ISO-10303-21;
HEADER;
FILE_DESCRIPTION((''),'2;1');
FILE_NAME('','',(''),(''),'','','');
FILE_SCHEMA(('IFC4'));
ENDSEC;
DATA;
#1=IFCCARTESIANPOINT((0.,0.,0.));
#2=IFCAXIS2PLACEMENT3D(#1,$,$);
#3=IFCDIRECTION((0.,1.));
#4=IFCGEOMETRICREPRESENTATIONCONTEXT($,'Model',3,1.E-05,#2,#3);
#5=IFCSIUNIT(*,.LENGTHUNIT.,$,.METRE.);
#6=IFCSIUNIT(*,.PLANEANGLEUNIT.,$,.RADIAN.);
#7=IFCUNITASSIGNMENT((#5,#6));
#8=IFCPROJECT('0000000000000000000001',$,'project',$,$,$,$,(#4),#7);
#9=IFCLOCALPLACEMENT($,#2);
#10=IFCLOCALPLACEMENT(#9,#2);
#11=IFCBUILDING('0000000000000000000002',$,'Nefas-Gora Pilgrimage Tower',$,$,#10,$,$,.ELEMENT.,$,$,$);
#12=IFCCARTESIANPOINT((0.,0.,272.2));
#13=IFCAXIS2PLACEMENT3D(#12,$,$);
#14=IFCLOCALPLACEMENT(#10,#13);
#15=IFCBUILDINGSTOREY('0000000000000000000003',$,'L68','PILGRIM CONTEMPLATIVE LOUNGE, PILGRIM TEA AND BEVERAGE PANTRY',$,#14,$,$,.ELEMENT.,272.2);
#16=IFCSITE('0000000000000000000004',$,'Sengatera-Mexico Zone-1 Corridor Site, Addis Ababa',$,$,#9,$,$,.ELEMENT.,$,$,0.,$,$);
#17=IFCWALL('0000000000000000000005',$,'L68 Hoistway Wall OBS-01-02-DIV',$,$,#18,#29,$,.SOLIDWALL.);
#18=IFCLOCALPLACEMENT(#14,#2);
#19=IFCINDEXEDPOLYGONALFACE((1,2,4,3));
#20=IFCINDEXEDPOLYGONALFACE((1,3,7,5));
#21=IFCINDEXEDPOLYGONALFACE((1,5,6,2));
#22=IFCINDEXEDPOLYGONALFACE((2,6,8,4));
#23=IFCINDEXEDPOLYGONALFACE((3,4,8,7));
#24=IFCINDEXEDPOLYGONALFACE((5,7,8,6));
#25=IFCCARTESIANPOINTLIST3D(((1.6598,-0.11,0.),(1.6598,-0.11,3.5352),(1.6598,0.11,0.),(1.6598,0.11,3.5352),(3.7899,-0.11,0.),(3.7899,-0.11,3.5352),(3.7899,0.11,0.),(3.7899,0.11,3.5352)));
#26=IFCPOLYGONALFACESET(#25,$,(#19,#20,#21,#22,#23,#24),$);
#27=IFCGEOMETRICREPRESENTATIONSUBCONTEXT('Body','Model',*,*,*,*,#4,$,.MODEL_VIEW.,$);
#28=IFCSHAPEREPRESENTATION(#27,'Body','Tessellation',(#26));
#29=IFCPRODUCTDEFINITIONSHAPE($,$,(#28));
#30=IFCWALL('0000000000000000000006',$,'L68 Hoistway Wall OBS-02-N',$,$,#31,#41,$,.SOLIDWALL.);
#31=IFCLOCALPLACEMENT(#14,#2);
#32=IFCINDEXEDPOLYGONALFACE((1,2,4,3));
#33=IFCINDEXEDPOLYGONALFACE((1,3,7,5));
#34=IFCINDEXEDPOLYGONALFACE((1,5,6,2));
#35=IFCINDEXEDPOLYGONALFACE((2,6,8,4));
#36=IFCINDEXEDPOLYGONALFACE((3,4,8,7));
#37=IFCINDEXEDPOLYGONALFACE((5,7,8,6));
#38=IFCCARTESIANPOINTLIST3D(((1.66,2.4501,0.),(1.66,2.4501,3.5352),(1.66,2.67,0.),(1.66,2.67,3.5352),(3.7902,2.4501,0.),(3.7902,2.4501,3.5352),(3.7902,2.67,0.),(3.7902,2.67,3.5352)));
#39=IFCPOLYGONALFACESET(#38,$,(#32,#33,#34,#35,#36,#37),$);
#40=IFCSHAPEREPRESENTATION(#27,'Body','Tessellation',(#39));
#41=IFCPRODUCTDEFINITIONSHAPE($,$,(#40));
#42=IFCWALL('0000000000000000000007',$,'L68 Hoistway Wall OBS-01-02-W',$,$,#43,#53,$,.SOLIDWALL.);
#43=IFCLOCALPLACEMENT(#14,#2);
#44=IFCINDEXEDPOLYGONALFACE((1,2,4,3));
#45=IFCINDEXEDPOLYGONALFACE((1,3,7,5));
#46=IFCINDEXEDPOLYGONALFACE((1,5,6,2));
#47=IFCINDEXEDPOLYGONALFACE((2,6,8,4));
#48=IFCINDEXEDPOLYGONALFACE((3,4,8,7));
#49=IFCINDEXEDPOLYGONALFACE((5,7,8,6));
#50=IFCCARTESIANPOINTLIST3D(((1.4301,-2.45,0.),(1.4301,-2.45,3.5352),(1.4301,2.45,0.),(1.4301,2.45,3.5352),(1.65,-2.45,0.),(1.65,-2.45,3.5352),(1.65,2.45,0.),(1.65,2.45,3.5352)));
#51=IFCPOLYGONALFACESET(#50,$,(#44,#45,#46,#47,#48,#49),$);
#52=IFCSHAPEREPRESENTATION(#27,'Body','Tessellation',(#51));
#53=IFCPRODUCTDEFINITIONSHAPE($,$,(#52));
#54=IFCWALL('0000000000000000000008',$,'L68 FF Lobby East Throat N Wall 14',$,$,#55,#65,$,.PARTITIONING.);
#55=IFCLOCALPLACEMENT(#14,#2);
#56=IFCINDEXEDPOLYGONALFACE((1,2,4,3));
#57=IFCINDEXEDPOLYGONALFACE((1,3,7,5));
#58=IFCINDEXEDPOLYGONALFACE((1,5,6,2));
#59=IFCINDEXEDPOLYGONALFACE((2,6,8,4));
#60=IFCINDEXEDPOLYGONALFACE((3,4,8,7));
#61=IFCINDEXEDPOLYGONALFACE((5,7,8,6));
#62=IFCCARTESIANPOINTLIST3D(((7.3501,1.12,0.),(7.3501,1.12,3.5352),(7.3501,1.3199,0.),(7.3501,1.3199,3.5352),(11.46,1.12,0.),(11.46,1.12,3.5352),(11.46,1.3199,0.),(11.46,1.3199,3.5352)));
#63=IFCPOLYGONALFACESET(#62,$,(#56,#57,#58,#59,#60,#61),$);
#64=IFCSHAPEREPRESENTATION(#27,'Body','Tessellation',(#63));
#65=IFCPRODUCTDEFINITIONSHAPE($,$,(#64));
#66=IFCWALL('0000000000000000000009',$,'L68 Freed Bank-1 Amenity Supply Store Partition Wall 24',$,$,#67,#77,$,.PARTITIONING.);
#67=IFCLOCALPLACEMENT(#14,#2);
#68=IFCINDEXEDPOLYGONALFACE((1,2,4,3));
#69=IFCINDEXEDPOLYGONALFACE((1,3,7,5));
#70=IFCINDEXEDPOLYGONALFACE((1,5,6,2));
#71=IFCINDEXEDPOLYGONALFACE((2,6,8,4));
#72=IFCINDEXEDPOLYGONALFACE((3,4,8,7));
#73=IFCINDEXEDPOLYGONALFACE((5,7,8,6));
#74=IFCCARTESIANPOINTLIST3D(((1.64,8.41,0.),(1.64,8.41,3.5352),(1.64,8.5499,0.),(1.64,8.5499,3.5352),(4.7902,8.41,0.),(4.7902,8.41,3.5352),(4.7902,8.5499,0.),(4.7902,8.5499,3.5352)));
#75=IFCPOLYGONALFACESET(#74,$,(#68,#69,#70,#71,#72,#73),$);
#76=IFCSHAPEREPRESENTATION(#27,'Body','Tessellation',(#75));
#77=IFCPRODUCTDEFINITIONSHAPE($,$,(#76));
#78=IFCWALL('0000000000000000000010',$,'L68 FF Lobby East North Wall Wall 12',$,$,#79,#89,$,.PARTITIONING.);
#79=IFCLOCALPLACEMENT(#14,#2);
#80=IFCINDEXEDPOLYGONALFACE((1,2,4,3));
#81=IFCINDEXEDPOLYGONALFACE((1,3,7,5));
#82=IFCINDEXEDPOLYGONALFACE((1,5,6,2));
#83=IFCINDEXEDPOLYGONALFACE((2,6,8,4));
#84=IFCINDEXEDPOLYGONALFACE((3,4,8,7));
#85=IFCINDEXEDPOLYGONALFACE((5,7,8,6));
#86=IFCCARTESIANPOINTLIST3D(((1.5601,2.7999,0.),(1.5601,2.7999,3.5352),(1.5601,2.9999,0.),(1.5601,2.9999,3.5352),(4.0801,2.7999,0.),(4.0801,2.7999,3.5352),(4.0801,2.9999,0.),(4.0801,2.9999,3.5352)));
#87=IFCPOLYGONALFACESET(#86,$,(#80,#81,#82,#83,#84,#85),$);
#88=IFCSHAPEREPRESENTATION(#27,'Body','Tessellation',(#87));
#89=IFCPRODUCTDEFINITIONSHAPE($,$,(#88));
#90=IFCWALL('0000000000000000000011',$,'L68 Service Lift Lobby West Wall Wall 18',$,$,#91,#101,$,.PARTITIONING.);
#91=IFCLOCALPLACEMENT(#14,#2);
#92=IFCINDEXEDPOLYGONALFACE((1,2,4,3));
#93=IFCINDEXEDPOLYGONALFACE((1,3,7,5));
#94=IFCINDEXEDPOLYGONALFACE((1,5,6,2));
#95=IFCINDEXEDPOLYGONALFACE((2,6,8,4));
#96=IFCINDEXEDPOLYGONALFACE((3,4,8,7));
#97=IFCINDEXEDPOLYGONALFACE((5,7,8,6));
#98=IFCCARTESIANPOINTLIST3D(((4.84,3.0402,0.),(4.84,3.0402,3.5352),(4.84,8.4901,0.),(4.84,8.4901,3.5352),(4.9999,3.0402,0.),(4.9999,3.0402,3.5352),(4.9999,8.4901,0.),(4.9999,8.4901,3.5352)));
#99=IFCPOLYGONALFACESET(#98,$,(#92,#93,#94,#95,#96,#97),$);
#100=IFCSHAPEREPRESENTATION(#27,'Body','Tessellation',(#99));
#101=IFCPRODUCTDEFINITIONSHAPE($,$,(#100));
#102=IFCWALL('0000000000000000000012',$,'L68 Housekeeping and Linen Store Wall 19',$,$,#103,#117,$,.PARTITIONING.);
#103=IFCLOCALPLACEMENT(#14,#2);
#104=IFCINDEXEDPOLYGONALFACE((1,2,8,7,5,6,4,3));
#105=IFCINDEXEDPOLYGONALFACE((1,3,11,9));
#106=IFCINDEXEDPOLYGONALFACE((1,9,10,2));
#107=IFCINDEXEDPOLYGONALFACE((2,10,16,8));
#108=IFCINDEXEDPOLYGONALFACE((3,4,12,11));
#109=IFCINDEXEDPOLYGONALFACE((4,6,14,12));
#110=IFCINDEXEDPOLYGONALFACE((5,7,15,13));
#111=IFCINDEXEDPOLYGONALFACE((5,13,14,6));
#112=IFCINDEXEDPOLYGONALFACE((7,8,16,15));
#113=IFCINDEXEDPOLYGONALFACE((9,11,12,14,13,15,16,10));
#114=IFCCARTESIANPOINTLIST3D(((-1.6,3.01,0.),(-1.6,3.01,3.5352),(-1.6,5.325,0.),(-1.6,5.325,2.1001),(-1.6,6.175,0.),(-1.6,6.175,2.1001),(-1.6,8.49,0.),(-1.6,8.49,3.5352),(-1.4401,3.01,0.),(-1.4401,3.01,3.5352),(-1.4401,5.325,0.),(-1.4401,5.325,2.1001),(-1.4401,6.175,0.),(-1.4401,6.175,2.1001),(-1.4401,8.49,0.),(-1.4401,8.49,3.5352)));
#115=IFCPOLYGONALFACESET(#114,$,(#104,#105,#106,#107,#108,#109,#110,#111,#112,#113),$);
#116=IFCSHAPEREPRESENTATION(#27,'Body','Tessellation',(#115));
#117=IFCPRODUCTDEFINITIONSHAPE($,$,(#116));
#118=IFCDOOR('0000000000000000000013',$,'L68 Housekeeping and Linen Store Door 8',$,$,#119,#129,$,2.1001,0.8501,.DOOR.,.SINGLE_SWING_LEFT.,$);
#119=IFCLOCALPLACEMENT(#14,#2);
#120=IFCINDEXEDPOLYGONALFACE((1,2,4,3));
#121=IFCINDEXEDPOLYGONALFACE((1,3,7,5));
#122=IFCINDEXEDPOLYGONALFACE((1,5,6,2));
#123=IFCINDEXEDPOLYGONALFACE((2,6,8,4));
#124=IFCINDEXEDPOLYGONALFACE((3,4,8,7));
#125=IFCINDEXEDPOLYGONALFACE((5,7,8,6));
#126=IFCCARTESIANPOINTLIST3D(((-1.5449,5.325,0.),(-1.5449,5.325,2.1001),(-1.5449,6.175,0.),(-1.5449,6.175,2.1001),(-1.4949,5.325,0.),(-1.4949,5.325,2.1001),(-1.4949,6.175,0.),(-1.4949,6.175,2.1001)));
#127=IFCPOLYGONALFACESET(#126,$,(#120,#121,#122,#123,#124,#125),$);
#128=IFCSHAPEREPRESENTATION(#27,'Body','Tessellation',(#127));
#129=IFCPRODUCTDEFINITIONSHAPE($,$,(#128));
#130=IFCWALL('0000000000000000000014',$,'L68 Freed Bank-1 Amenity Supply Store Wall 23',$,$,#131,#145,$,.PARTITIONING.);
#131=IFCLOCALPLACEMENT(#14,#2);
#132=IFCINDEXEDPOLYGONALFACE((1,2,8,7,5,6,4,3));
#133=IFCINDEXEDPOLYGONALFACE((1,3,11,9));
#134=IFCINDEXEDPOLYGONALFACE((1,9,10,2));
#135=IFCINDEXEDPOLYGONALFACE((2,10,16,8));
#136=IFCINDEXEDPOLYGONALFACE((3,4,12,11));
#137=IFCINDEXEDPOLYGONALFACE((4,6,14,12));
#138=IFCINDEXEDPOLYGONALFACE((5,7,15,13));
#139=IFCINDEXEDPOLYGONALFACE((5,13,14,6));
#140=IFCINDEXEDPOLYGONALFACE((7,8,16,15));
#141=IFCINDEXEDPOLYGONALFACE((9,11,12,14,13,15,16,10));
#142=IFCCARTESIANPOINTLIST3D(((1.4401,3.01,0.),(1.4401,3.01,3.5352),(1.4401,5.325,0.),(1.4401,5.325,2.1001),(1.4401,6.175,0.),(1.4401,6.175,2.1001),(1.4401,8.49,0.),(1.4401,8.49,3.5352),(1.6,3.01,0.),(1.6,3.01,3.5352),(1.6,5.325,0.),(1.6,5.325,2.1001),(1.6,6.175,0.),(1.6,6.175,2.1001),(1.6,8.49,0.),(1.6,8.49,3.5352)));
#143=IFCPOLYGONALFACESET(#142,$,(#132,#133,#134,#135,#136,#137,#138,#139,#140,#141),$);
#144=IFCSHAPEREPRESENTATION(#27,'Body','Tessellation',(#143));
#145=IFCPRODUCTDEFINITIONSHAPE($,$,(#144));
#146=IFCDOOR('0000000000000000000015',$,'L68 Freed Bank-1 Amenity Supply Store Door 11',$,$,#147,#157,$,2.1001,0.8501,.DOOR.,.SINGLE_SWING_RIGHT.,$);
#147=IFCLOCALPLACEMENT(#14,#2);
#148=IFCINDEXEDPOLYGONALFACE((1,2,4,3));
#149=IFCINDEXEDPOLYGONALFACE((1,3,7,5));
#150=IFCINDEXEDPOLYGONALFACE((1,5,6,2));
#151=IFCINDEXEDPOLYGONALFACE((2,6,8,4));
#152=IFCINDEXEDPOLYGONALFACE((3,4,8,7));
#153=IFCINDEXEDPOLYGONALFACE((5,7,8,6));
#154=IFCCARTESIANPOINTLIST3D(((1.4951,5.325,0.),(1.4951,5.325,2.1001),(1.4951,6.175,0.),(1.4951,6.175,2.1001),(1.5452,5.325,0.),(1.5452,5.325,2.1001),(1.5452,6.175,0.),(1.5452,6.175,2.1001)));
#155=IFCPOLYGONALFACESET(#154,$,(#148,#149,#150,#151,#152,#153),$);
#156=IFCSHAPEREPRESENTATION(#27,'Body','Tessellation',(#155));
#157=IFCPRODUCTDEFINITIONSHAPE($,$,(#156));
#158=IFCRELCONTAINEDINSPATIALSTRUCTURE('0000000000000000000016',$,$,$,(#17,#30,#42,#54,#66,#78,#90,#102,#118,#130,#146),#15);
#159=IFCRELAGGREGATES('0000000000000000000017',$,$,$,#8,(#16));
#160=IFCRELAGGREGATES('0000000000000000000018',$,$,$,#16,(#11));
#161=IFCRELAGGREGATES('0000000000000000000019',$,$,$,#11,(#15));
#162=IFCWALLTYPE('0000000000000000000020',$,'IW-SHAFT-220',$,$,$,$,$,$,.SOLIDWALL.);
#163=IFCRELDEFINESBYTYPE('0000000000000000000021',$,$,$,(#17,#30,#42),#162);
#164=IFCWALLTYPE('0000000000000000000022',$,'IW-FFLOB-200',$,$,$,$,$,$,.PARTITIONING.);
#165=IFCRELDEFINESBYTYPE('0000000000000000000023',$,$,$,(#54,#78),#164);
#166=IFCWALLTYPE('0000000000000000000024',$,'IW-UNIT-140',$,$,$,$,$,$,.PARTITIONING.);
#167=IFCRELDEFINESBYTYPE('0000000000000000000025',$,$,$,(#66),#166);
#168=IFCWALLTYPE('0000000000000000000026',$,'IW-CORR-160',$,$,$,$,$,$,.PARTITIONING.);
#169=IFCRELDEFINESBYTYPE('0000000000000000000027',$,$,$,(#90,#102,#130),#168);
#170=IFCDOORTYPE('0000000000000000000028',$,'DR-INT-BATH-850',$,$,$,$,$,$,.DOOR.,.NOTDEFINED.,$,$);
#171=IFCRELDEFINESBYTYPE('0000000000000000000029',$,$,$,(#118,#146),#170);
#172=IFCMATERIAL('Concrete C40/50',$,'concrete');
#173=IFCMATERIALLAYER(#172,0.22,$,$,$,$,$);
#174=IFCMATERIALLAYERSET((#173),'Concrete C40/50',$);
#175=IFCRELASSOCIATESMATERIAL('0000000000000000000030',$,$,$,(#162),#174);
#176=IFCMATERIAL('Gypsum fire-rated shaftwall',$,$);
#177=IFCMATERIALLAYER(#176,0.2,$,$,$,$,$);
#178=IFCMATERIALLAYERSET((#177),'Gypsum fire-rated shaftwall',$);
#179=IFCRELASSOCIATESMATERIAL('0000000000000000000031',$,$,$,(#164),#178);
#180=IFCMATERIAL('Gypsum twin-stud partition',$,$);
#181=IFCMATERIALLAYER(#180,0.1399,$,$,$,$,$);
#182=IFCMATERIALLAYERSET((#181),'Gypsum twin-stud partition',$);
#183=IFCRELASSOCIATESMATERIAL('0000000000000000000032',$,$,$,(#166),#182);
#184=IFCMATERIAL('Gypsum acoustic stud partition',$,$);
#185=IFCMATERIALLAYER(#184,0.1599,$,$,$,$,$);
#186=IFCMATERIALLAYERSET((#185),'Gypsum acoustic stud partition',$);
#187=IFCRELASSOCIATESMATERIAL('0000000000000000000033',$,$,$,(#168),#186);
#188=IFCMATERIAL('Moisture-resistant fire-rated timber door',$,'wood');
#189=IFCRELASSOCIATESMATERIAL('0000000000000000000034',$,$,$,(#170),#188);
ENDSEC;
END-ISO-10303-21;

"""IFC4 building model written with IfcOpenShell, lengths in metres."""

from ifc_helpers import new_model, si_unit, direction, frame, frame_2d, origin, place, context, subcontext, project, spatial, rectangle, extrude, source, transform, mapped, material, layer, layer_set, type_object, element, fill, save


model = new_model("IFC4")

# Units and contexts
model_context = context("Model", 3, precision=1e-05, world=origin(), true_north=direction((0.0, 1.0)))
body_context = subcontext(model_context, "Body", "Model", "MODEL_VIEW")
ifc_project = project(units=[si_unit("LENGTHUNIT", "METRE"), si_unit("PLANEANGLEUNIT", "RADIAN")], contexts=[model_context])

# Site, building, storey
site_placement = place(None, origin())
site = spatial("IfcSite", under=ifc_project, at=site_placement, Name="Sengatera-Mexico Zone-1 Corridor Site, Addis Ababa", CompositionType="ELEMENT", RefElevation=0.0)
building_placement = place(site_placement, origin())
building = spatial("IfcBuilding", under=site, at=building_placement, Name="Nefas-Gora Pilgrimage Tower", CompositionType="ELEMENT")
storey_placement = place(building_placement, frame((0.0, 0.0, 272.2)))
storey = spatial("IfcBuildingStorey", under=building, at=storey_placement, Name="L68", Description="PILGRIM CONTEMPLATIVE LOUNGE, PILGRIM TEA AND BEVERAGE PANTRY", CompositionType="ELEMENT", Elevation=272.2)

# Shared definitions
ifc_material_1 = material(Name="Concrete C40/50", Category="concrete")

# Shared definitions
ifc_layer_1 = layer(ifc_material_1, 0.22)
ifc_layer_set_1 = layer_set([ifc_layer_1], Name="Concrete C40/50")
wall_type_1 = type_object("IfcWallType", Name="IW-SHAFT-220", PredefinedType="SOLIDWALL", material=ifc_layer_set_1)

# Walls
shared_shape_1 = source(origin(), body_context, "Body", "SweptSolid", [
    extrude(rectangle(XDim=2.1301, YDim=0.22, at=frame_2d((1.0649, 0.0))), origin(), (0.0, 0.0, 1.0), 3.5352),
])
for number, where, z_axis, x_axis, name in (
    (1, (1.6599, 0.0, 0.0), (0.0, 0.0, 1.0), (1.0, 0.0, 0.0), "L68 Hoistway Wall OBS-01-02-DIV"),
    (2, (3.79, 2.5601, 0.0), (0.0, 0.0, 1.0), (-1.0, 0.0, 0.0), "L68 Hoistway Wall OBS-02-N"),
):
    element("IfcWall", number, at=place(storey_placement, frame(where, z_axis=z_axis, x_axis=x_axis)), inside=storey, type_object=wall_type_1, Name=name, PredefinedType="SOLIDWALL", context=body_context, shape_type="MappedRepresentation", body=[
        mapped(shared_shape_1, transform((0.0, 0.0, 0.0), x_axis=(1.0, 0.0, 0.0), y_axis=(0.0, 1.0, 0.0), z_axis=(0.0, 0.0, 1.0), scale=1.0)),
    ])
shared_shape_2 = source(origin(), body_context, "Body", "SweptSolid", [
    extrude(rectangle(XDim=4.8999, YDim=0.22, at=frame_2d((2.45, 0.0))), origin(), (0.0, 0.0, 1.0), 3.5352),
])
wall_1_placement = place(storey_placement, frame((1.54, 2.45, 0.0), z_axis=(0.0, 0.0, 1.0), x_axis=(0.0, -1.0, 0.0)))
element("IfcWall", 3, at=wall_1_placement, inside=storey, type_object=wall_type_1, Name="L68 Hoistway Wall OBS-01-02-W", PredefinedType="SOLIDWALL", context=body_context, shape_type="MappedRepresentation", body=[
    mapped(shared_shape_2, transform((0.0, 0.0, 0.0), x_axis=(1.0, 0.0, 0.0), y_axis=(0.0, 1.0, 0.0), z_axis=(0.0, 0.0, 1.0), scale=1.0)),
])

# Shared definitions
ifc_material_2 = material(Name="Gypsum fire-rated shaftwall")
ifc_layer_2 = layer(ifc_material_2, 0.2)
ifc_layer_set_2 = layer_set([ifc_layer_2], Name="Gypsum fire-rated shaftwall")
wall_type_2 = type_object("IfcWallType", Name="IW-FFLOB-200", PredefinedType="PARTITIONING", material=ifc_layer_set_2)

# Walls
shared_shape_3 = source(origin(), body_context, "Body", "SweptSolid", [
    extrude(rectangle(XDim=4.1099, YDim=0.2, at=frame_2d((2.0549, 0.0))), origin(), (0.0, 0.0, 1.0), 3.5352),
])
wall_2_placement = place(storey_placement, frame((7.3501, 1.22, 0.0), z_axis=(0.0, 0.0, 1.0), x_axis=(1.0, 0.0, 0.0)))
element("IfcWall", 4, at=wall_2_placement, inside=storey, type_object=wall_type_2, Name="L68 FF Lobby East Throat N Wall 14", PredefinedType="PARTITIONING", context=body_context, shape_type="MappedRepresentation", body=[
    mapped(shared_shape_3, transform((0.0, 0.0, 0.0), x_axis=(1.0, 0.0, 0.0), y_axis=(0.0, 1.0, 0.0), z_axis=(0.0, 0.0, 1.0), scale=1.0)),
])
ifc_material_3 = material(Name="Gypsum twin-stud partition")
ifc_layer_3 = layer(ifc_material_3, 0.1399)
ifc_layer_set_3 = layer_set([ifc_layer_3], Name="Gypsum twin-stud partition")
wall_type_3 = type_object("IfcWallType", Name="IW-UNIT-140", PredefinedType="PARTITIONING", material=ifc_layer_set_3)
shared_shape_4 = source(origin(), body_context, "Body", "SweptSolid", [
    extrude(rectangle(XDim=3.1501, YDim=0.1399, at=frame_2d((1.5752, 0.0))), origin(), (0.0, 0.0, 1.0), 3.5352),
])
wall_3_placement = place(storey_placement, frame((1.6399, 8.48, 0.0), z_axis=(0.0, 0.0, 1.0), x_axis=(1.0, 0.0, 0.0)))
element("IfcWall", 5, at=wall_3_placement, inside=storey, type_object=wall_type_3, Name="L68 Freed Bank-1 Amenity Supply Store Partition Wall 24", PredefinedType="PARTITIONING", context=body_context, shape_type="MappedRepresentation", body=[
    mapped(shared_shape_4, transform((0.0, 0.0, 0.0), x_axis=(1.0, 0.0, 0.0), y_axis=(0.0, 1.0, 0.0), z_axis=(0.0, 0.0, 1.0), scale=1.0)),
])
shared_shape_5 = source(origin(), body_context, "Body", "SweptSolid", [
    extrude(rectangle(XDim=2.52, YDim=0.2, at=frame_2d((1.26, 0.0))), origin(), (0.0, 0.0, 1.0), 3.5352),
])
wall_4_placement = place(storey_placement, frame((1.5601, 2.8999, 0.0), z_axis=(0.0, 0.0, 1.0), x_axis=(1.0, 0.0, 0.0)))
element("IfcWall", 6, at=wall_4_placement, inside=storey, type_object=wall_type_2, Name="L68 FF Lobby East North Wall Wall 12", PredefinedType="PARTITIONING", context=body_context, shape_type="MappedRepresentation", body=[
    mapped(shared_shape_5, transform((0.0, 0.0, 0.0), x_axis=(1.0, 0.0, 0.0), y_axis=(0.0, 1.0, 0.0), z_axis=(0.0, 0.0, 1.0), scale=1.0)),
])
ifc_material_4 = material(Name="Gypsum acoustic stud partition")
ifc_layer_4 = layer(ifc_material_4, 0.1599)
ifc_layer_set_4 = layer_set([ifc_layer_4], Name="Gypsum acoustic stud partition")
wall_type_4 = type_object("IfcWallType", Name="IW-CORR-160", PredefinedType="PARTITIONING", material=ifc_layer_set_4)
shared_shape_6 = source(origin(), body_context, "Body", "SweptSolid", [
    extrude(rectangle(XDim=5.45, YDim=0.1599, at=frame_2d((2.7251, 0.0))), origin(), (0.0, 0.0, 1.0), 3.5352),
])
wall_5_placement = place(storey_placement, frame((4.9199, 3.04, 0.0), z_axis=(0.0, 0.0, 1.0), x_axis=(0.0, 1.0, 0.0)))
element("IfcWall", 7, at=wall_5_placement, inside=storey, type_object=wall_type_4, Name="L68 Service Lift Lobby West Wall Wall 18", PredefinedType="PARTITIONING", context=body_context, shape_type="MappedRepresentation", body=[
    mapped(shared_shape_6, transform((0.0, 0.0, 0.0), x_axis=(1.0, 0.0, 0.0), y_axis=(0.0, 1.0, 0.0), z_axis=(0.0, 0.0, 1.0), scale=1.0)),
])

# Walls, openings, doors
shared_shape_7 = source(origin(), body_context, "Body", "SweptSolid", [
    extrude(rectangle(XDim=5.48, YDim=0.1599, at=frame_2d((2.74, 0.0))), origin(), (0.0, 0.0, 1.0), 3.5352),
])
wall_6_placement = place(storey_placement, frame((-1.52, 3.01, 0.0), z_axis=(0.0, 0.0, 1.0), x_axis=(0.0, 1.0, 0.0)))
wall_6 = element("IfcWall", 8, at=wall_6_placement, inside=storey, type_object=wall_type_4, Name="L68 Housekeeping and Linen Store Wall 19", PredefinedType="PARTITIONING", context=body_context, shape_type="MappedRepresentation", body=[
    mapped(shared_shape_7, transform((0.0, 0.0, 0.0), x_axis=(1.0, 0.0, 0.0), y_axis=(0.0, 1.0, 0.0), z_axis=(0.0, 0.0, 1.0), scale=1.0)),
])
opening_1_placement = place(wall_6_placement, frame((2.3149, 0.0, 0.0)))
opening_1 = element("IfcOpeningElement", 9, at=opening_1_placement, cuts=wall_6, PredefinedType="OPENING", context=body_context, shape_type="SweptSolid", body=[
    extrude(rectangle(XDim=0.8501, YDim=2.1001, at=frame_2d((0.425, 1.05))), frame((0.0, 0.0898, 0.0), z_axis=(0.0, -1.0, 0.0), x_axis=(1.0, 0.0, 0.0)), (0.0, 0.0, 1.0), 0.1799),
])
ifc_material_5 = material(Name="Moisture-resistant fire-rated timber door", Category="wood")
door_type_1 = type_object("IfcDoorType", Name="DR-INT-BATH-850", OperationType="NOTDEFINED", PredefinedType="DOOR", material=ifc_material_5)
shared_shape_8 = source(origin(), body_context, "Body", "SweptSolid", [
    extrude(rectangle(XDim=0.8501, YDim=2.1001, at=frame_2d((0.425, 1.05))), frame((0.0, 0.0249, 0.0), z_axis=(0.0, -1.0, 0.0), x_axis=(1.0, 0.0, 0.0)), (0.0, 0.0, 1.0), 0.05),
])
door_1_placement = place(opening_1_placement, origin())
door_1 = element("IfcDoor", 10, at=door_1_placement, inside=storey, type_object=door_type_1, Name="L68 Housekeeping and Linen Store Door 8", OperationType="SINGLE_SWING_LEFT", OverallHeight=2.1001, OverallWidth=0.8501, PredefinedType="DOOR", context=body_context, shape_type="MappedRepresentation", body=[
    mapped(shared_shape_8, transform((0.0, 0.0, 0.0), x_axis=(1.0, 0.0, 0.0), y_axis=(0.0, 1.0, 0.0), z_axis=(0.0, 0.0, 1.0), scale=1.0)),
])
fill(opening_1, door_1)
wall_7_placement = place(storey_placement, frame((1.52, 3.01, 0.0), z_axis=(0.0, 0.0, 1.0), x_axis=(0.0, 1.0, 0.0)))
wall_7 = element("IfcWall", 11, at=wall_7_placement, inside=storey, type_object=wall_type_4, Name="L68 Freed Bank-1 Amenity Supply Store Wall 23", PredefinedType="PARTITIONING", context=body_context, shape_type="MappedRepresentation", body=[
    mapped(shared_shape_7, transform((0.0, 0.0, 0.0), x_axis=(1.0, 0.0, 0.0), y_axis=(0.0, 1.0, 0.0), z_axis=(0.0, 0.0, 1.0), scale=1.0)),
])
opening_2_placement = place(wall_7_placement, frame((2.3149, 0.0, 0.0)))
opening_2 = element("IfcOpeningElement", 12, at=opening_2_placement, cuts=wall_7, PredefinedType="OPENING", context=body_context, shape_type="SweptSolid", body=[
    extrude(rectangle(XDim=0.8501, YDim=2.1001, at=frame_2d((0.425, 1.05))), frame((0.0, 0.0898, 0.0), z_axis=(0.0, -1.0, 0.0), x_axis=(1.0, 0.0, 0.0)), (0.0, 0.0, 1.0), 0.1799),
])
door_2_placement = place(opening_2_placement, origin())
door_2 = element("IfcDoor", 13, at=door_2_placement, inside=storey, type_object=door_type_1, Name="L68 Freed Bank-1 Amenity Supply Store Door 11", OperationType="SINGLE_SWING_RIGHT", OverallHeight=2.1001, OverallWidth=0.8501, PredefinedType="DOOR", context=body_context, shape_type="MappedRepresentation", body=[
    mapped(shared_shape_8, transform((0.0, 0.0, 0.0), x_axis=(1.0, 0.0, 0.0), y_axis=(0.0, 1.0, 0.0), z_axis=(0.0, 0.0, 1.0), scale=1.0)),
])
fill(opening_2, door_2)

save(model, "model.ifc")
